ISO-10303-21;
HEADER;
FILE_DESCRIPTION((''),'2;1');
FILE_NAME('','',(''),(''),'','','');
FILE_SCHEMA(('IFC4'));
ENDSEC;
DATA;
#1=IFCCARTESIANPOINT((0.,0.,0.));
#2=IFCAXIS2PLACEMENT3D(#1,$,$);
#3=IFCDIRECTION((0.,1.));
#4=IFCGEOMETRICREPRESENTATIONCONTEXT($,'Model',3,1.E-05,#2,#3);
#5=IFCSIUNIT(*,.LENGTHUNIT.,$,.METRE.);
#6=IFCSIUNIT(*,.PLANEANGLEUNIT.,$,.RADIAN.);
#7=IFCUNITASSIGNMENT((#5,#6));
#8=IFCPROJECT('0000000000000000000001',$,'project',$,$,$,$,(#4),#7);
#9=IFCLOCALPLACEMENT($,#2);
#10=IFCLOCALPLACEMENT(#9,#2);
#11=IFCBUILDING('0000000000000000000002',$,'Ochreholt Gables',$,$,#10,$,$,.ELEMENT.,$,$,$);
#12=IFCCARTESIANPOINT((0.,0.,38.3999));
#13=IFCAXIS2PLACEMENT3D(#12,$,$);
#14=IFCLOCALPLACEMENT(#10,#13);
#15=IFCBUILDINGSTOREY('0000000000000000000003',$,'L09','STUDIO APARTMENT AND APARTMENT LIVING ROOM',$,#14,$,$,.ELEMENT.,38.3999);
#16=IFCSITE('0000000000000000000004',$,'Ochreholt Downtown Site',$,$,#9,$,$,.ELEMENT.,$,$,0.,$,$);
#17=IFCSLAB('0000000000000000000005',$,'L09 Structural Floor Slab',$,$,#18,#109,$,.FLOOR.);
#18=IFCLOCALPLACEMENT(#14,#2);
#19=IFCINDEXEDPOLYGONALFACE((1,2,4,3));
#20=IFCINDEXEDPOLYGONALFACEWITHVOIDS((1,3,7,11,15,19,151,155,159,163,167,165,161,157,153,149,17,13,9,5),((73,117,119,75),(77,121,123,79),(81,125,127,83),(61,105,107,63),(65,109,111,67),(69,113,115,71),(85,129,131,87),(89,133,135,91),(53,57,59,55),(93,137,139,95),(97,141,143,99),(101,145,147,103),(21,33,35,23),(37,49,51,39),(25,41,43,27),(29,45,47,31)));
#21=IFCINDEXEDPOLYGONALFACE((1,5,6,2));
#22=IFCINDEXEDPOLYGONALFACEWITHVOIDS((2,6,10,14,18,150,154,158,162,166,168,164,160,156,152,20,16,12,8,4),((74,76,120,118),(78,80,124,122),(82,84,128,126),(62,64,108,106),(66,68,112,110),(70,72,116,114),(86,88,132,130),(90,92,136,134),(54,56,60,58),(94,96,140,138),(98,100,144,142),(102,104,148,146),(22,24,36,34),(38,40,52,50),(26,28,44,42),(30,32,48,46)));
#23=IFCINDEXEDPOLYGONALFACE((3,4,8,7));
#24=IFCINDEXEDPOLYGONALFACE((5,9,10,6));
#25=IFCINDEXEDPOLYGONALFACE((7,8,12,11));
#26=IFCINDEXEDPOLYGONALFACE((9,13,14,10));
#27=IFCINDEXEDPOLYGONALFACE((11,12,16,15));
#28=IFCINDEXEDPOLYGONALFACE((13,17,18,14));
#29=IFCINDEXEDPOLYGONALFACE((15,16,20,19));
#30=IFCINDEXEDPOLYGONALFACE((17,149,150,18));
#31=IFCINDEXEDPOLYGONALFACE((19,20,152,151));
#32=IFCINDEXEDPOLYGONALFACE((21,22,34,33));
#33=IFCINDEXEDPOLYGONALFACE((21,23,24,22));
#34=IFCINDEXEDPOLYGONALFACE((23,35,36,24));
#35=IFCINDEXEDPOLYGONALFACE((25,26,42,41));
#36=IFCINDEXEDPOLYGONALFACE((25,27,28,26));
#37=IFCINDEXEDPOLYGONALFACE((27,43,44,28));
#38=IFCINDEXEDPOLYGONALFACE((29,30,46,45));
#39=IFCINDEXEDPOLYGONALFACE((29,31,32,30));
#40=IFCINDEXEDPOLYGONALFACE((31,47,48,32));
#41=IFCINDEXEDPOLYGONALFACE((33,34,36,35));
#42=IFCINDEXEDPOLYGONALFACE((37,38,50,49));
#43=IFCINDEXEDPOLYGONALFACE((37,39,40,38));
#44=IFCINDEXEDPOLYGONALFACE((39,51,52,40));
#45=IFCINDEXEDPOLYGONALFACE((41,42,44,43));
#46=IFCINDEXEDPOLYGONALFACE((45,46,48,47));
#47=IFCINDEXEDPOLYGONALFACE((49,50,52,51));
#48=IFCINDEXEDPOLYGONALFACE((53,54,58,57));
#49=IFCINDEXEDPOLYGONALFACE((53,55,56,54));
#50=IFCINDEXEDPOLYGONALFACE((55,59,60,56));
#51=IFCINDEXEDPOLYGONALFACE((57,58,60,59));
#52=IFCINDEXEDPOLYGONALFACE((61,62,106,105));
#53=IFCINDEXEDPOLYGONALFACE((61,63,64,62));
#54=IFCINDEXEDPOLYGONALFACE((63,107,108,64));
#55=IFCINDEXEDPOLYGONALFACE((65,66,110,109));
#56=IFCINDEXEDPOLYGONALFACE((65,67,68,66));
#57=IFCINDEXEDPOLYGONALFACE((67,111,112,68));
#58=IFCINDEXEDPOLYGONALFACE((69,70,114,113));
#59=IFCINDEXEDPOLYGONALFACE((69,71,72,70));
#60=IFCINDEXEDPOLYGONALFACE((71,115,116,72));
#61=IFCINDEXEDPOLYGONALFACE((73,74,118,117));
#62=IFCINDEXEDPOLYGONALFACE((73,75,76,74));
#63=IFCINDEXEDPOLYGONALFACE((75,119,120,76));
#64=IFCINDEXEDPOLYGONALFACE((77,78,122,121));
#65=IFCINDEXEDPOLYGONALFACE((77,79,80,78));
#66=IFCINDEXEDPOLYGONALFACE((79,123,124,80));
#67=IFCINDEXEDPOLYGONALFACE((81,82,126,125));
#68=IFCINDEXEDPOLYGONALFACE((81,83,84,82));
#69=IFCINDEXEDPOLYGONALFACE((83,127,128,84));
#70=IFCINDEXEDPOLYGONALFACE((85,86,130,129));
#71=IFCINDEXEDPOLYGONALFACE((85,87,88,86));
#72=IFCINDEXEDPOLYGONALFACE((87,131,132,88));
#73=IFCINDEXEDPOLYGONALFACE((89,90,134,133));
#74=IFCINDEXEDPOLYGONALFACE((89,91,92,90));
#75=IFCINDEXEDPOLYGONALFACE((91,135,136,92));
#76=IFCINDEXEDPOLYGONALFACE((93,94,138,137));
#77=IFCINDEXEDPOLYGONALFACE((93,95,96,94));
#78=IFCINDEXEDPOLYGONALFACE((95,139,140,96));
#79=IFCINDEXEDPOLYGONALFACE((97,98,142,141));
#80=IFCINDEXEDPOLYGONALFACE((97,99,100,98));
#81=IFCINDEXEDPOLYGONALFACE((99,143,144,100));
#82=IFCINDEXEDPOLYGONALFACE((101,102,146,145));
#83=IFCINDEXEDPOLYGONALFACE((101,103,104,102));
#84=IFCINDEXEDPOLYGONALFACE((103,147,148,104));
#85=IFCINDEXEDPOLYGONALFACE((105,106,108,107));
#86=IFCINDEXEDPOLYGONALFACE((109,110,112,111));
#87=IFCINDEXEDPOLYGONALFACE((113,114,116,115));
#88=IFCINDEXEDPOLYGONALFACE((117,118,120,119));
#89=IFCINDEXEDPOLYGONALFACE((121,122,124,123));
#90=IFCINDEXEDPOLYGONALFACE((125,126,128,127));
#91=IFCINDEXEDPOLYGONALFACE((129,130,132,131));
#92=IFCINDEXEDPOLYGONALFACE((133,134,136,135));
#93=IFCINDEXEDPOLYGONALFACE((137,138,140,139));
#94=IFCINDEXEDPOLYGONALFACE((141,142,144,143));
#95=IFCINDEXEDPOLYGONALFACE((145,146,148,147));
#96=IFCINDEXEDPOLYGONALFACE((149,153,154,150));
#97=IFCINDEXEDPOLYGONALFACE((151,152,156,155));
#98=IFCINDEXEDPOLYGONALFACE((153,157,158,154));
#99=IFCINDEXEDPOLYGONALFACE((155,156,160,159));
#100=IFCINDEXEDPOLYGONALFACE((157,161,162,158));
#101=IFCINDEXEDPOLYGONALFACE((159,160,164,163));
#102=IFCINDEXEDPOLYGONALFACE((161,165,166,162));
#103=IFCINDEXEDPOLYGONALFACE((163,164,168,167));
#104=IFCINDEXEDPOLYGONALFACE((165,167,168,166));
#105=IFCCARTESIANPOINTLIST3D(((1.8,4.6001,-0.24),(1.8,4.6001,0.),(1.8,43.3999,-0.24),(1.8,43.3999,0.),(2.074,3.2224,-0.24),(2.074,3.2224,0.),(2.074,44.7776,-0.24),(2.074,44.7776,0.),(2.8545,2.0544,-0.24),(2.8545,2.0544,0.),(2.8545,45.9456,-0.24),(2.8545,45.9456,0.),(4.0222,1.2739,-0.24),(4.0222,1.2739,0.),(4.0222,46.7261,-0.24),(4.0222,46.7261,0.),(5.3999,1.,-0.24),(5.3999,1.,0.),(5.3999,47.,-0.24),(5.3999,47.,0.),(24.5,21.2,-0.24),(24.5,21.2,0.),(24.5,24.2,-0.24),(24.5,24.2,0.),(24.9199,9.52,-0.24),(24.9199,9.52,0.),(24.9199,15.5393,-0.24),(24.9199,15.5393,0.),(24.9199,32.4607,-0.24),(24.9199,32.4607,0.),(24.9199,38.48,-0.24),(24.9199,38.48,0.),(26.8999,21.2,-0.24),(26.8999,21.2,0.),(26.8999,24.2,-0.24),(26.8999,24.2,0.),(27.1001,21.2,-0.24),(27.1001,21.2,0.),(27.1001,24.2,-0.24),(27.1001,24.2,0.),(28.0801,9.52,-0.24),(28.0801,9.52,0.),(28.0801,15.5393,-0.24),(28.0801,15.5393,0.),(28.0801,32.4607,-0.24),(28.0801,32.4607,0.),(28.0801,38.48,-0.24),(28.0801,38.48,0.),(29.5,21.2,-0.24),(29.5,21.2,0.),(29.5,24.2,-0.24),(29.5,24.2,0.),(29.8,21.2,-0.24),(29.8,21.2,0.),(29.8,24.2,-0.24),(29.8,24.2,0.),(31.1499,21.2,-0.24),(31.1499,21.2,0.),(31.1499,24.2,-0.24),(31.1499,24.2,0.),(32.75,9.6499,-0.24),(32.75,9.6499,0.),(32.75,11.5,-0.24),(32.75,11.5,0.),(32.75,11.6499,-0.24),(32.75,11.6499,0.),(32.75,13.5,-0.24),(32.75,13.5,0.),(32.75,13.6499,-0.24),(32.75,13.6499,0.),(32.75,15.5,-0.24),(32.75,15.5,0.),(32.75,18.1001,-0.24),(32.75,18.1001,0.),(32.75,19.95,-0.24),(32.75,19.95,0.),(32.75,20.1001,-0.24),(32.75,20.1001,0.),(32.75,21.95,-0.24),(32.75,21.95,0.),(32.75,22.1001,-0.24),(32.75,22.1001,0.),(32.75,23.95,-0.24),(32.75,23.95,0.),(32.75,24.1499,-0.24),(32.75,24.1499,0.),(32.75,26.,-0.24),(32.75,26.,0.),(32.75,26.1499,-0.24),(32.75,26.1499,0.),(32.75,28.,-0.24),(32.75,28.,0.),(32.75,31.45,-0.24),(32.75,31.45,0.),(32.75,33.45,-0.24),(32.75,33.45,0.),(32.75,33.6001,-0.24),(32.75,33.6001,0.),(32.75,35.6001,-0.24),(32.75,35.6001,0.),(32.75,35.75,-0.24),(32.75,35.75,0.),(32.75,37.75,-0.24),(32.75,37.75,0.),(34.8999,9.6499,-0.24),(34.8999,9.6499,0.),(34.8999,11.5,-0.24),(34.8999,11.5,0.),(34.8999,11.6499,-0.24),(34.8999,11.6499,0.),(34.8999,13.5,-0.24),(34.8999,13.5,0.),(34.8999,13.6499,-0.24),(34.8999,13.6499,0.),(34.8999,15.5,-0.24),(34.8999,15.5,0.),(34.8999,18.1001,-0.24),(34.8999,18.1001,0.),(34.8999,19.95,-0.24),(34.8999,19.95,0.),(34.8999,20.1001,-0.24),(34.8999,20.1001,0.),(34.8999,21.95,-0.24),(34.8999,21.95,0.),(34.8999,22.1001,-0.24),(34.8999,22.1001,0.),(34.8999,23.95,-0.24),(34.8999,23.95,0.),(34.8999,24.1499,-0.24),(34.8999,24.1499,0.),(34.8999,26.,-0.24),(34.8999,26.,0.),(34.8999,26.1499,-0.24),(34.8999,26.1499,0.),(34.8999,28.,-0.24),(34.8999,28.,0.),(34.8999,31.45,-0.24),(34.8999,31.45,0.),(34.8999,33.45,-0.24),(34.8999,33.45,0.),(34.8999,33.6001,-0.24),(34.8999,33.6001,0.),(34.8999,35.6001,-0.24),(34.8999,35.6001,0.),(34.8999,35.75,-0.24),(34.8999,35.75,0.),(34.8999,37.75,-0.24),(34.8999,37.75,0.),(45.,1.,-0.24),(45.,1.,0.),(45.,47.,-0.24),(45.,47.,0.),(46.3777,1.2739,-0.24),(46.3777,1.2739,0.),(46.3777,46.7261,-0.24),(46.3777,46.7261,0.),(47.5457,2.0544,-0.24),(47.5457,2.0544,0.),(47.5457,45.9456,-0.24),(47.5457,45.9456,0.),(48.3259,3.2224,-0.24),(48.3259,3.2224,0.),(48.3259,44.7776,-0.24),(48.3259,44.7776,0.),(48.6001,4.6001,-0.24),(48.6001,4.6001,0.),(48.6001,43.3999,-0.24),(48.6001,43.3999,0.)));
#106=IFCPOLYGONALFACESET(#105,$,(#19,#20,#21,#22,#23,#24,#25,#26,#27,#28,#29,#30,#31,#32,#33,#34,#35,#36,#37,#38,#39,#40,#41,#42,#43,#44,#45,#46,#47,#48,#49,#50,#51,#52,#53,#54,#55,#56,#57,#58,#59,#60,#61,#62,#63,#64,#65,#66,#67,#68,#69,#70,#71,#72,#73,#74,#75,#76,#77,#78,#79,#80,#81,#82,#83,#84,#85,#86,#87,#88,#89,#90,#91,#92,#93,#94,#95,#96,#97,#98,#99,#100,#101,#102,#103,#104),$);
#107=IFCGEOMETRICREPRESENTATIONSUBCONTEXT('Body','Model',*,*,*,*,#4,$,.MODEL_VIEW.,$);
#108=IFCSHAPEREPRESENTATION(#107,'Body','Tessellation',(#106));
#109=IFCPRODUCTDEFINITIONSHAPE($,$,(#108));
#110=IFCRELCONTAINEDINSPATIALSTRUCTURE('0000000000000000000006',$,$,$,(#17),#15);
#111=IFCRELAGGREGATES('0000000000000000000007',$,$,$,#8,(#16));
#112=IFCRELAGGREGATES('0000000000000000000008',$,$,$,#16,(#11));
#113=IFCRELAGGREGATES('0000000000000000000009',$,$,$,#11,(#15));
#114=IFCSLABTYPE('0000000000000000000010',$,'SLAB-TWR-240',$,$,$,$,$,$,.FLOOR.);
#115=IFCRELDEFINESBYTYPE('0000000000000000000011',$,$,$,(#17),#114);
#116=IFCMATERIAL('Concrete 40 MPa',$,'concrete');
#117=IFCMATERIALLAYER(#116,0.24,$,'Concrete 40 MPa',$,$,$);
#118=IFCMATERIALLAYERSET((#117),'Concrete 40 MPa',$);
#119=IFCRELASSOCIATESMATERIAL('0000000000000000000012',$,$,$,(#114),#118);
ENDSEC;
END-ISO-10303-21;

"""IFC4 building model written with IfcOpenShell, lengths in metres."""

from ifc_helpers import new_model, si_unit, direction, frame, origin, place, context, subcontext, project, spatial, polyline, outline, extrude, material, layer, layer_set, type_object, element, save


model = new_model("IFC4")

# Units and contexts
model_context = context("Model", 3, precision=1e-05, world=origin(), true_north=direction((0.0, 1.0)))
body_context = subcontext(model_context, "Body", "Model", "MODEL_VIEW")
ifc_project = project(units=[si_unit("LENGTHUNIT", "METRE"), si_unit("PLANEANGLEUNIT", "RADIAN")], contexts=[model_context])

# Site, building, storey
site_placement = place(None, origin())
site = spatial("IfcSite", under=ifc_project, at=site_placement, Name="Ochreholt Downtown Site", CompositionType="ELEMENT", RefElevation=0.0)
building_placement = place(site_placement, origin())
building = spatial("IfcBuilding", under=site, at=building_placement, Name="Ochreholt Gables", CompositionType="ELEMENT")
storey_placement = place(building_placement, frame((0.0, 0.0, 38.3999)))
storey = spatial("IfcBuildingStorey", under=building, at=storey_placement, Name="L09", Description="STUDIO APARTMENT AND APARTMENT LIVING ROOM", CompositionType="ELEMENT", Elevation=38.3999)

# Shared definitions
ifc_material_1 = material(Name="Concrete 40 MPa", Category="concrete")

# Slab
ifc_layer_1 = layer(ifc_material_1, 0.24, Name="Concrete 40 MPa")
ifc_layer_set_1 = layer_set([ifc_layer_1], Name="Concrete 40 MPa")
slab_type_1 = type_object("IfcSlabType", Name="SLAB-TWR-240", PredefinedType="FLOOR", material=ifc_layer_set_1)
slab_1_placement = place(storey_placement, frame((0.0, 0.0, -0.24)))
element("IfcSlab", 1, at=slab_1_placement, inside=storey, type_object=slab_type_1, Name="L09 Structural Floor Slab", PredefinedType="FLOOR", context=body_context, shape_type="SweptSolid", body=[
    extrude(outline(polyline([(1.8, 4.6001), (2.074, 3.2224), (2.8545, 2.0544), (4.0222, 1.2739), (5.3999, 1.0), (45.0, 1.0), (46.3777, 1.2739), (47.5457, 2.0544), (48.3259, 3.2224), (48.6001, 4.6001), (48.6001, 43.3999), (48.3259, 44.7776), (47.5457, 45.9456), (46.3777, 46.7261), (45.0, 47.0), (5.3999, 47.0), (4.0222, 46.7261), (2.8545, 45.9456), (2.074, 44.7776), (1.8, 43.3999), (1.8, 4.6001)]), holes=[polyline([(24.9199, 15.5393), (24.9199, 9.52), (28.0801, 9.52), (28.0801, 15.5393), (24.9199, 15.5393)]), polyline([(28.0801, 32.4607), (28.0801, 38.48), (24.9199, 38.48), (24.9199, 32.4607), (28.0801, 32.4607)]), polyline([(24.5, 21.2), (26.8999, 21.2), (26.8999, 24.2), (24.5, 24.2), (24.5, 21.2)]), polyline([(27.1001, 21.2), (29.5, 21.2), (29.5, 24.2), (27.1001, 24.2), (27.1001, 21.2)]), polyline([(32.75, 9.6499), (34.8999, 9.6499), (34.8999, 11.5), (32.75, 11.5), (32.75, 9.6499)]), polyline([(32.75, 11.6499), (34.8999, 11.6499), (34.8999, 13.5), (32.75, 13.5), (32.75, 11.6499)]), polyline([(32.75, 13.6499), (34.8999, 13.6499), (34.8999, 15.5), (32.75, 15.5), (32.75, 13.6499)]), polyline([(32.75, 18.1001), (34.8999, 18.1001), (34.8999, 19.95), (32.75, 19.95), (32.75, 18.1001)]), polyline([(32.75, 20.1001), (34.8999, 20.1001), (34.8999, 21.95), (32.75, 21.95), (32.75, 20.1001)]), polyline([(32.75, 22.1001), (34.8999, 22.1001), (34.8999, 23.95), (32.75, 23.95), (32.75, 22.1001)]), polyline([(32.75, 24.1499), (34.8999, 24.1499), (34.8999, 26.0), (32.75, 26.0), (32.75, 24.1499)]), polyline([(32.75, 26.1499), (34.8999, 26.1499), (34.8999, 28.0), (32.75, 28.0), (32.75, 26.1499)]), polyline([(32.75, 31.45), (34.8999, 31.45), (34.8999, 33.45), (32.75, 33.45), (32.75, 31.45)]), polyline([(32.75, 33.6001), (34.8999, 33.6001), (34.8999, 35.6001), (32.75, 35.6001), (32.75, 33.6001)]), polyline([(32.75, 35.75), (34.8999, 35.75), (34.8999, 37.75), (32.75, 37.75), (32.75, 35.75)]), polyline([(29.8, 21.2), (31.1499, 21.2), (31.1499, 24.2), (29.8, 24.2), (29.8, 21.2)])]), origin(), (0.0, 0.0, 1.0), 0.24),
])

save(model, "model.ifc")
